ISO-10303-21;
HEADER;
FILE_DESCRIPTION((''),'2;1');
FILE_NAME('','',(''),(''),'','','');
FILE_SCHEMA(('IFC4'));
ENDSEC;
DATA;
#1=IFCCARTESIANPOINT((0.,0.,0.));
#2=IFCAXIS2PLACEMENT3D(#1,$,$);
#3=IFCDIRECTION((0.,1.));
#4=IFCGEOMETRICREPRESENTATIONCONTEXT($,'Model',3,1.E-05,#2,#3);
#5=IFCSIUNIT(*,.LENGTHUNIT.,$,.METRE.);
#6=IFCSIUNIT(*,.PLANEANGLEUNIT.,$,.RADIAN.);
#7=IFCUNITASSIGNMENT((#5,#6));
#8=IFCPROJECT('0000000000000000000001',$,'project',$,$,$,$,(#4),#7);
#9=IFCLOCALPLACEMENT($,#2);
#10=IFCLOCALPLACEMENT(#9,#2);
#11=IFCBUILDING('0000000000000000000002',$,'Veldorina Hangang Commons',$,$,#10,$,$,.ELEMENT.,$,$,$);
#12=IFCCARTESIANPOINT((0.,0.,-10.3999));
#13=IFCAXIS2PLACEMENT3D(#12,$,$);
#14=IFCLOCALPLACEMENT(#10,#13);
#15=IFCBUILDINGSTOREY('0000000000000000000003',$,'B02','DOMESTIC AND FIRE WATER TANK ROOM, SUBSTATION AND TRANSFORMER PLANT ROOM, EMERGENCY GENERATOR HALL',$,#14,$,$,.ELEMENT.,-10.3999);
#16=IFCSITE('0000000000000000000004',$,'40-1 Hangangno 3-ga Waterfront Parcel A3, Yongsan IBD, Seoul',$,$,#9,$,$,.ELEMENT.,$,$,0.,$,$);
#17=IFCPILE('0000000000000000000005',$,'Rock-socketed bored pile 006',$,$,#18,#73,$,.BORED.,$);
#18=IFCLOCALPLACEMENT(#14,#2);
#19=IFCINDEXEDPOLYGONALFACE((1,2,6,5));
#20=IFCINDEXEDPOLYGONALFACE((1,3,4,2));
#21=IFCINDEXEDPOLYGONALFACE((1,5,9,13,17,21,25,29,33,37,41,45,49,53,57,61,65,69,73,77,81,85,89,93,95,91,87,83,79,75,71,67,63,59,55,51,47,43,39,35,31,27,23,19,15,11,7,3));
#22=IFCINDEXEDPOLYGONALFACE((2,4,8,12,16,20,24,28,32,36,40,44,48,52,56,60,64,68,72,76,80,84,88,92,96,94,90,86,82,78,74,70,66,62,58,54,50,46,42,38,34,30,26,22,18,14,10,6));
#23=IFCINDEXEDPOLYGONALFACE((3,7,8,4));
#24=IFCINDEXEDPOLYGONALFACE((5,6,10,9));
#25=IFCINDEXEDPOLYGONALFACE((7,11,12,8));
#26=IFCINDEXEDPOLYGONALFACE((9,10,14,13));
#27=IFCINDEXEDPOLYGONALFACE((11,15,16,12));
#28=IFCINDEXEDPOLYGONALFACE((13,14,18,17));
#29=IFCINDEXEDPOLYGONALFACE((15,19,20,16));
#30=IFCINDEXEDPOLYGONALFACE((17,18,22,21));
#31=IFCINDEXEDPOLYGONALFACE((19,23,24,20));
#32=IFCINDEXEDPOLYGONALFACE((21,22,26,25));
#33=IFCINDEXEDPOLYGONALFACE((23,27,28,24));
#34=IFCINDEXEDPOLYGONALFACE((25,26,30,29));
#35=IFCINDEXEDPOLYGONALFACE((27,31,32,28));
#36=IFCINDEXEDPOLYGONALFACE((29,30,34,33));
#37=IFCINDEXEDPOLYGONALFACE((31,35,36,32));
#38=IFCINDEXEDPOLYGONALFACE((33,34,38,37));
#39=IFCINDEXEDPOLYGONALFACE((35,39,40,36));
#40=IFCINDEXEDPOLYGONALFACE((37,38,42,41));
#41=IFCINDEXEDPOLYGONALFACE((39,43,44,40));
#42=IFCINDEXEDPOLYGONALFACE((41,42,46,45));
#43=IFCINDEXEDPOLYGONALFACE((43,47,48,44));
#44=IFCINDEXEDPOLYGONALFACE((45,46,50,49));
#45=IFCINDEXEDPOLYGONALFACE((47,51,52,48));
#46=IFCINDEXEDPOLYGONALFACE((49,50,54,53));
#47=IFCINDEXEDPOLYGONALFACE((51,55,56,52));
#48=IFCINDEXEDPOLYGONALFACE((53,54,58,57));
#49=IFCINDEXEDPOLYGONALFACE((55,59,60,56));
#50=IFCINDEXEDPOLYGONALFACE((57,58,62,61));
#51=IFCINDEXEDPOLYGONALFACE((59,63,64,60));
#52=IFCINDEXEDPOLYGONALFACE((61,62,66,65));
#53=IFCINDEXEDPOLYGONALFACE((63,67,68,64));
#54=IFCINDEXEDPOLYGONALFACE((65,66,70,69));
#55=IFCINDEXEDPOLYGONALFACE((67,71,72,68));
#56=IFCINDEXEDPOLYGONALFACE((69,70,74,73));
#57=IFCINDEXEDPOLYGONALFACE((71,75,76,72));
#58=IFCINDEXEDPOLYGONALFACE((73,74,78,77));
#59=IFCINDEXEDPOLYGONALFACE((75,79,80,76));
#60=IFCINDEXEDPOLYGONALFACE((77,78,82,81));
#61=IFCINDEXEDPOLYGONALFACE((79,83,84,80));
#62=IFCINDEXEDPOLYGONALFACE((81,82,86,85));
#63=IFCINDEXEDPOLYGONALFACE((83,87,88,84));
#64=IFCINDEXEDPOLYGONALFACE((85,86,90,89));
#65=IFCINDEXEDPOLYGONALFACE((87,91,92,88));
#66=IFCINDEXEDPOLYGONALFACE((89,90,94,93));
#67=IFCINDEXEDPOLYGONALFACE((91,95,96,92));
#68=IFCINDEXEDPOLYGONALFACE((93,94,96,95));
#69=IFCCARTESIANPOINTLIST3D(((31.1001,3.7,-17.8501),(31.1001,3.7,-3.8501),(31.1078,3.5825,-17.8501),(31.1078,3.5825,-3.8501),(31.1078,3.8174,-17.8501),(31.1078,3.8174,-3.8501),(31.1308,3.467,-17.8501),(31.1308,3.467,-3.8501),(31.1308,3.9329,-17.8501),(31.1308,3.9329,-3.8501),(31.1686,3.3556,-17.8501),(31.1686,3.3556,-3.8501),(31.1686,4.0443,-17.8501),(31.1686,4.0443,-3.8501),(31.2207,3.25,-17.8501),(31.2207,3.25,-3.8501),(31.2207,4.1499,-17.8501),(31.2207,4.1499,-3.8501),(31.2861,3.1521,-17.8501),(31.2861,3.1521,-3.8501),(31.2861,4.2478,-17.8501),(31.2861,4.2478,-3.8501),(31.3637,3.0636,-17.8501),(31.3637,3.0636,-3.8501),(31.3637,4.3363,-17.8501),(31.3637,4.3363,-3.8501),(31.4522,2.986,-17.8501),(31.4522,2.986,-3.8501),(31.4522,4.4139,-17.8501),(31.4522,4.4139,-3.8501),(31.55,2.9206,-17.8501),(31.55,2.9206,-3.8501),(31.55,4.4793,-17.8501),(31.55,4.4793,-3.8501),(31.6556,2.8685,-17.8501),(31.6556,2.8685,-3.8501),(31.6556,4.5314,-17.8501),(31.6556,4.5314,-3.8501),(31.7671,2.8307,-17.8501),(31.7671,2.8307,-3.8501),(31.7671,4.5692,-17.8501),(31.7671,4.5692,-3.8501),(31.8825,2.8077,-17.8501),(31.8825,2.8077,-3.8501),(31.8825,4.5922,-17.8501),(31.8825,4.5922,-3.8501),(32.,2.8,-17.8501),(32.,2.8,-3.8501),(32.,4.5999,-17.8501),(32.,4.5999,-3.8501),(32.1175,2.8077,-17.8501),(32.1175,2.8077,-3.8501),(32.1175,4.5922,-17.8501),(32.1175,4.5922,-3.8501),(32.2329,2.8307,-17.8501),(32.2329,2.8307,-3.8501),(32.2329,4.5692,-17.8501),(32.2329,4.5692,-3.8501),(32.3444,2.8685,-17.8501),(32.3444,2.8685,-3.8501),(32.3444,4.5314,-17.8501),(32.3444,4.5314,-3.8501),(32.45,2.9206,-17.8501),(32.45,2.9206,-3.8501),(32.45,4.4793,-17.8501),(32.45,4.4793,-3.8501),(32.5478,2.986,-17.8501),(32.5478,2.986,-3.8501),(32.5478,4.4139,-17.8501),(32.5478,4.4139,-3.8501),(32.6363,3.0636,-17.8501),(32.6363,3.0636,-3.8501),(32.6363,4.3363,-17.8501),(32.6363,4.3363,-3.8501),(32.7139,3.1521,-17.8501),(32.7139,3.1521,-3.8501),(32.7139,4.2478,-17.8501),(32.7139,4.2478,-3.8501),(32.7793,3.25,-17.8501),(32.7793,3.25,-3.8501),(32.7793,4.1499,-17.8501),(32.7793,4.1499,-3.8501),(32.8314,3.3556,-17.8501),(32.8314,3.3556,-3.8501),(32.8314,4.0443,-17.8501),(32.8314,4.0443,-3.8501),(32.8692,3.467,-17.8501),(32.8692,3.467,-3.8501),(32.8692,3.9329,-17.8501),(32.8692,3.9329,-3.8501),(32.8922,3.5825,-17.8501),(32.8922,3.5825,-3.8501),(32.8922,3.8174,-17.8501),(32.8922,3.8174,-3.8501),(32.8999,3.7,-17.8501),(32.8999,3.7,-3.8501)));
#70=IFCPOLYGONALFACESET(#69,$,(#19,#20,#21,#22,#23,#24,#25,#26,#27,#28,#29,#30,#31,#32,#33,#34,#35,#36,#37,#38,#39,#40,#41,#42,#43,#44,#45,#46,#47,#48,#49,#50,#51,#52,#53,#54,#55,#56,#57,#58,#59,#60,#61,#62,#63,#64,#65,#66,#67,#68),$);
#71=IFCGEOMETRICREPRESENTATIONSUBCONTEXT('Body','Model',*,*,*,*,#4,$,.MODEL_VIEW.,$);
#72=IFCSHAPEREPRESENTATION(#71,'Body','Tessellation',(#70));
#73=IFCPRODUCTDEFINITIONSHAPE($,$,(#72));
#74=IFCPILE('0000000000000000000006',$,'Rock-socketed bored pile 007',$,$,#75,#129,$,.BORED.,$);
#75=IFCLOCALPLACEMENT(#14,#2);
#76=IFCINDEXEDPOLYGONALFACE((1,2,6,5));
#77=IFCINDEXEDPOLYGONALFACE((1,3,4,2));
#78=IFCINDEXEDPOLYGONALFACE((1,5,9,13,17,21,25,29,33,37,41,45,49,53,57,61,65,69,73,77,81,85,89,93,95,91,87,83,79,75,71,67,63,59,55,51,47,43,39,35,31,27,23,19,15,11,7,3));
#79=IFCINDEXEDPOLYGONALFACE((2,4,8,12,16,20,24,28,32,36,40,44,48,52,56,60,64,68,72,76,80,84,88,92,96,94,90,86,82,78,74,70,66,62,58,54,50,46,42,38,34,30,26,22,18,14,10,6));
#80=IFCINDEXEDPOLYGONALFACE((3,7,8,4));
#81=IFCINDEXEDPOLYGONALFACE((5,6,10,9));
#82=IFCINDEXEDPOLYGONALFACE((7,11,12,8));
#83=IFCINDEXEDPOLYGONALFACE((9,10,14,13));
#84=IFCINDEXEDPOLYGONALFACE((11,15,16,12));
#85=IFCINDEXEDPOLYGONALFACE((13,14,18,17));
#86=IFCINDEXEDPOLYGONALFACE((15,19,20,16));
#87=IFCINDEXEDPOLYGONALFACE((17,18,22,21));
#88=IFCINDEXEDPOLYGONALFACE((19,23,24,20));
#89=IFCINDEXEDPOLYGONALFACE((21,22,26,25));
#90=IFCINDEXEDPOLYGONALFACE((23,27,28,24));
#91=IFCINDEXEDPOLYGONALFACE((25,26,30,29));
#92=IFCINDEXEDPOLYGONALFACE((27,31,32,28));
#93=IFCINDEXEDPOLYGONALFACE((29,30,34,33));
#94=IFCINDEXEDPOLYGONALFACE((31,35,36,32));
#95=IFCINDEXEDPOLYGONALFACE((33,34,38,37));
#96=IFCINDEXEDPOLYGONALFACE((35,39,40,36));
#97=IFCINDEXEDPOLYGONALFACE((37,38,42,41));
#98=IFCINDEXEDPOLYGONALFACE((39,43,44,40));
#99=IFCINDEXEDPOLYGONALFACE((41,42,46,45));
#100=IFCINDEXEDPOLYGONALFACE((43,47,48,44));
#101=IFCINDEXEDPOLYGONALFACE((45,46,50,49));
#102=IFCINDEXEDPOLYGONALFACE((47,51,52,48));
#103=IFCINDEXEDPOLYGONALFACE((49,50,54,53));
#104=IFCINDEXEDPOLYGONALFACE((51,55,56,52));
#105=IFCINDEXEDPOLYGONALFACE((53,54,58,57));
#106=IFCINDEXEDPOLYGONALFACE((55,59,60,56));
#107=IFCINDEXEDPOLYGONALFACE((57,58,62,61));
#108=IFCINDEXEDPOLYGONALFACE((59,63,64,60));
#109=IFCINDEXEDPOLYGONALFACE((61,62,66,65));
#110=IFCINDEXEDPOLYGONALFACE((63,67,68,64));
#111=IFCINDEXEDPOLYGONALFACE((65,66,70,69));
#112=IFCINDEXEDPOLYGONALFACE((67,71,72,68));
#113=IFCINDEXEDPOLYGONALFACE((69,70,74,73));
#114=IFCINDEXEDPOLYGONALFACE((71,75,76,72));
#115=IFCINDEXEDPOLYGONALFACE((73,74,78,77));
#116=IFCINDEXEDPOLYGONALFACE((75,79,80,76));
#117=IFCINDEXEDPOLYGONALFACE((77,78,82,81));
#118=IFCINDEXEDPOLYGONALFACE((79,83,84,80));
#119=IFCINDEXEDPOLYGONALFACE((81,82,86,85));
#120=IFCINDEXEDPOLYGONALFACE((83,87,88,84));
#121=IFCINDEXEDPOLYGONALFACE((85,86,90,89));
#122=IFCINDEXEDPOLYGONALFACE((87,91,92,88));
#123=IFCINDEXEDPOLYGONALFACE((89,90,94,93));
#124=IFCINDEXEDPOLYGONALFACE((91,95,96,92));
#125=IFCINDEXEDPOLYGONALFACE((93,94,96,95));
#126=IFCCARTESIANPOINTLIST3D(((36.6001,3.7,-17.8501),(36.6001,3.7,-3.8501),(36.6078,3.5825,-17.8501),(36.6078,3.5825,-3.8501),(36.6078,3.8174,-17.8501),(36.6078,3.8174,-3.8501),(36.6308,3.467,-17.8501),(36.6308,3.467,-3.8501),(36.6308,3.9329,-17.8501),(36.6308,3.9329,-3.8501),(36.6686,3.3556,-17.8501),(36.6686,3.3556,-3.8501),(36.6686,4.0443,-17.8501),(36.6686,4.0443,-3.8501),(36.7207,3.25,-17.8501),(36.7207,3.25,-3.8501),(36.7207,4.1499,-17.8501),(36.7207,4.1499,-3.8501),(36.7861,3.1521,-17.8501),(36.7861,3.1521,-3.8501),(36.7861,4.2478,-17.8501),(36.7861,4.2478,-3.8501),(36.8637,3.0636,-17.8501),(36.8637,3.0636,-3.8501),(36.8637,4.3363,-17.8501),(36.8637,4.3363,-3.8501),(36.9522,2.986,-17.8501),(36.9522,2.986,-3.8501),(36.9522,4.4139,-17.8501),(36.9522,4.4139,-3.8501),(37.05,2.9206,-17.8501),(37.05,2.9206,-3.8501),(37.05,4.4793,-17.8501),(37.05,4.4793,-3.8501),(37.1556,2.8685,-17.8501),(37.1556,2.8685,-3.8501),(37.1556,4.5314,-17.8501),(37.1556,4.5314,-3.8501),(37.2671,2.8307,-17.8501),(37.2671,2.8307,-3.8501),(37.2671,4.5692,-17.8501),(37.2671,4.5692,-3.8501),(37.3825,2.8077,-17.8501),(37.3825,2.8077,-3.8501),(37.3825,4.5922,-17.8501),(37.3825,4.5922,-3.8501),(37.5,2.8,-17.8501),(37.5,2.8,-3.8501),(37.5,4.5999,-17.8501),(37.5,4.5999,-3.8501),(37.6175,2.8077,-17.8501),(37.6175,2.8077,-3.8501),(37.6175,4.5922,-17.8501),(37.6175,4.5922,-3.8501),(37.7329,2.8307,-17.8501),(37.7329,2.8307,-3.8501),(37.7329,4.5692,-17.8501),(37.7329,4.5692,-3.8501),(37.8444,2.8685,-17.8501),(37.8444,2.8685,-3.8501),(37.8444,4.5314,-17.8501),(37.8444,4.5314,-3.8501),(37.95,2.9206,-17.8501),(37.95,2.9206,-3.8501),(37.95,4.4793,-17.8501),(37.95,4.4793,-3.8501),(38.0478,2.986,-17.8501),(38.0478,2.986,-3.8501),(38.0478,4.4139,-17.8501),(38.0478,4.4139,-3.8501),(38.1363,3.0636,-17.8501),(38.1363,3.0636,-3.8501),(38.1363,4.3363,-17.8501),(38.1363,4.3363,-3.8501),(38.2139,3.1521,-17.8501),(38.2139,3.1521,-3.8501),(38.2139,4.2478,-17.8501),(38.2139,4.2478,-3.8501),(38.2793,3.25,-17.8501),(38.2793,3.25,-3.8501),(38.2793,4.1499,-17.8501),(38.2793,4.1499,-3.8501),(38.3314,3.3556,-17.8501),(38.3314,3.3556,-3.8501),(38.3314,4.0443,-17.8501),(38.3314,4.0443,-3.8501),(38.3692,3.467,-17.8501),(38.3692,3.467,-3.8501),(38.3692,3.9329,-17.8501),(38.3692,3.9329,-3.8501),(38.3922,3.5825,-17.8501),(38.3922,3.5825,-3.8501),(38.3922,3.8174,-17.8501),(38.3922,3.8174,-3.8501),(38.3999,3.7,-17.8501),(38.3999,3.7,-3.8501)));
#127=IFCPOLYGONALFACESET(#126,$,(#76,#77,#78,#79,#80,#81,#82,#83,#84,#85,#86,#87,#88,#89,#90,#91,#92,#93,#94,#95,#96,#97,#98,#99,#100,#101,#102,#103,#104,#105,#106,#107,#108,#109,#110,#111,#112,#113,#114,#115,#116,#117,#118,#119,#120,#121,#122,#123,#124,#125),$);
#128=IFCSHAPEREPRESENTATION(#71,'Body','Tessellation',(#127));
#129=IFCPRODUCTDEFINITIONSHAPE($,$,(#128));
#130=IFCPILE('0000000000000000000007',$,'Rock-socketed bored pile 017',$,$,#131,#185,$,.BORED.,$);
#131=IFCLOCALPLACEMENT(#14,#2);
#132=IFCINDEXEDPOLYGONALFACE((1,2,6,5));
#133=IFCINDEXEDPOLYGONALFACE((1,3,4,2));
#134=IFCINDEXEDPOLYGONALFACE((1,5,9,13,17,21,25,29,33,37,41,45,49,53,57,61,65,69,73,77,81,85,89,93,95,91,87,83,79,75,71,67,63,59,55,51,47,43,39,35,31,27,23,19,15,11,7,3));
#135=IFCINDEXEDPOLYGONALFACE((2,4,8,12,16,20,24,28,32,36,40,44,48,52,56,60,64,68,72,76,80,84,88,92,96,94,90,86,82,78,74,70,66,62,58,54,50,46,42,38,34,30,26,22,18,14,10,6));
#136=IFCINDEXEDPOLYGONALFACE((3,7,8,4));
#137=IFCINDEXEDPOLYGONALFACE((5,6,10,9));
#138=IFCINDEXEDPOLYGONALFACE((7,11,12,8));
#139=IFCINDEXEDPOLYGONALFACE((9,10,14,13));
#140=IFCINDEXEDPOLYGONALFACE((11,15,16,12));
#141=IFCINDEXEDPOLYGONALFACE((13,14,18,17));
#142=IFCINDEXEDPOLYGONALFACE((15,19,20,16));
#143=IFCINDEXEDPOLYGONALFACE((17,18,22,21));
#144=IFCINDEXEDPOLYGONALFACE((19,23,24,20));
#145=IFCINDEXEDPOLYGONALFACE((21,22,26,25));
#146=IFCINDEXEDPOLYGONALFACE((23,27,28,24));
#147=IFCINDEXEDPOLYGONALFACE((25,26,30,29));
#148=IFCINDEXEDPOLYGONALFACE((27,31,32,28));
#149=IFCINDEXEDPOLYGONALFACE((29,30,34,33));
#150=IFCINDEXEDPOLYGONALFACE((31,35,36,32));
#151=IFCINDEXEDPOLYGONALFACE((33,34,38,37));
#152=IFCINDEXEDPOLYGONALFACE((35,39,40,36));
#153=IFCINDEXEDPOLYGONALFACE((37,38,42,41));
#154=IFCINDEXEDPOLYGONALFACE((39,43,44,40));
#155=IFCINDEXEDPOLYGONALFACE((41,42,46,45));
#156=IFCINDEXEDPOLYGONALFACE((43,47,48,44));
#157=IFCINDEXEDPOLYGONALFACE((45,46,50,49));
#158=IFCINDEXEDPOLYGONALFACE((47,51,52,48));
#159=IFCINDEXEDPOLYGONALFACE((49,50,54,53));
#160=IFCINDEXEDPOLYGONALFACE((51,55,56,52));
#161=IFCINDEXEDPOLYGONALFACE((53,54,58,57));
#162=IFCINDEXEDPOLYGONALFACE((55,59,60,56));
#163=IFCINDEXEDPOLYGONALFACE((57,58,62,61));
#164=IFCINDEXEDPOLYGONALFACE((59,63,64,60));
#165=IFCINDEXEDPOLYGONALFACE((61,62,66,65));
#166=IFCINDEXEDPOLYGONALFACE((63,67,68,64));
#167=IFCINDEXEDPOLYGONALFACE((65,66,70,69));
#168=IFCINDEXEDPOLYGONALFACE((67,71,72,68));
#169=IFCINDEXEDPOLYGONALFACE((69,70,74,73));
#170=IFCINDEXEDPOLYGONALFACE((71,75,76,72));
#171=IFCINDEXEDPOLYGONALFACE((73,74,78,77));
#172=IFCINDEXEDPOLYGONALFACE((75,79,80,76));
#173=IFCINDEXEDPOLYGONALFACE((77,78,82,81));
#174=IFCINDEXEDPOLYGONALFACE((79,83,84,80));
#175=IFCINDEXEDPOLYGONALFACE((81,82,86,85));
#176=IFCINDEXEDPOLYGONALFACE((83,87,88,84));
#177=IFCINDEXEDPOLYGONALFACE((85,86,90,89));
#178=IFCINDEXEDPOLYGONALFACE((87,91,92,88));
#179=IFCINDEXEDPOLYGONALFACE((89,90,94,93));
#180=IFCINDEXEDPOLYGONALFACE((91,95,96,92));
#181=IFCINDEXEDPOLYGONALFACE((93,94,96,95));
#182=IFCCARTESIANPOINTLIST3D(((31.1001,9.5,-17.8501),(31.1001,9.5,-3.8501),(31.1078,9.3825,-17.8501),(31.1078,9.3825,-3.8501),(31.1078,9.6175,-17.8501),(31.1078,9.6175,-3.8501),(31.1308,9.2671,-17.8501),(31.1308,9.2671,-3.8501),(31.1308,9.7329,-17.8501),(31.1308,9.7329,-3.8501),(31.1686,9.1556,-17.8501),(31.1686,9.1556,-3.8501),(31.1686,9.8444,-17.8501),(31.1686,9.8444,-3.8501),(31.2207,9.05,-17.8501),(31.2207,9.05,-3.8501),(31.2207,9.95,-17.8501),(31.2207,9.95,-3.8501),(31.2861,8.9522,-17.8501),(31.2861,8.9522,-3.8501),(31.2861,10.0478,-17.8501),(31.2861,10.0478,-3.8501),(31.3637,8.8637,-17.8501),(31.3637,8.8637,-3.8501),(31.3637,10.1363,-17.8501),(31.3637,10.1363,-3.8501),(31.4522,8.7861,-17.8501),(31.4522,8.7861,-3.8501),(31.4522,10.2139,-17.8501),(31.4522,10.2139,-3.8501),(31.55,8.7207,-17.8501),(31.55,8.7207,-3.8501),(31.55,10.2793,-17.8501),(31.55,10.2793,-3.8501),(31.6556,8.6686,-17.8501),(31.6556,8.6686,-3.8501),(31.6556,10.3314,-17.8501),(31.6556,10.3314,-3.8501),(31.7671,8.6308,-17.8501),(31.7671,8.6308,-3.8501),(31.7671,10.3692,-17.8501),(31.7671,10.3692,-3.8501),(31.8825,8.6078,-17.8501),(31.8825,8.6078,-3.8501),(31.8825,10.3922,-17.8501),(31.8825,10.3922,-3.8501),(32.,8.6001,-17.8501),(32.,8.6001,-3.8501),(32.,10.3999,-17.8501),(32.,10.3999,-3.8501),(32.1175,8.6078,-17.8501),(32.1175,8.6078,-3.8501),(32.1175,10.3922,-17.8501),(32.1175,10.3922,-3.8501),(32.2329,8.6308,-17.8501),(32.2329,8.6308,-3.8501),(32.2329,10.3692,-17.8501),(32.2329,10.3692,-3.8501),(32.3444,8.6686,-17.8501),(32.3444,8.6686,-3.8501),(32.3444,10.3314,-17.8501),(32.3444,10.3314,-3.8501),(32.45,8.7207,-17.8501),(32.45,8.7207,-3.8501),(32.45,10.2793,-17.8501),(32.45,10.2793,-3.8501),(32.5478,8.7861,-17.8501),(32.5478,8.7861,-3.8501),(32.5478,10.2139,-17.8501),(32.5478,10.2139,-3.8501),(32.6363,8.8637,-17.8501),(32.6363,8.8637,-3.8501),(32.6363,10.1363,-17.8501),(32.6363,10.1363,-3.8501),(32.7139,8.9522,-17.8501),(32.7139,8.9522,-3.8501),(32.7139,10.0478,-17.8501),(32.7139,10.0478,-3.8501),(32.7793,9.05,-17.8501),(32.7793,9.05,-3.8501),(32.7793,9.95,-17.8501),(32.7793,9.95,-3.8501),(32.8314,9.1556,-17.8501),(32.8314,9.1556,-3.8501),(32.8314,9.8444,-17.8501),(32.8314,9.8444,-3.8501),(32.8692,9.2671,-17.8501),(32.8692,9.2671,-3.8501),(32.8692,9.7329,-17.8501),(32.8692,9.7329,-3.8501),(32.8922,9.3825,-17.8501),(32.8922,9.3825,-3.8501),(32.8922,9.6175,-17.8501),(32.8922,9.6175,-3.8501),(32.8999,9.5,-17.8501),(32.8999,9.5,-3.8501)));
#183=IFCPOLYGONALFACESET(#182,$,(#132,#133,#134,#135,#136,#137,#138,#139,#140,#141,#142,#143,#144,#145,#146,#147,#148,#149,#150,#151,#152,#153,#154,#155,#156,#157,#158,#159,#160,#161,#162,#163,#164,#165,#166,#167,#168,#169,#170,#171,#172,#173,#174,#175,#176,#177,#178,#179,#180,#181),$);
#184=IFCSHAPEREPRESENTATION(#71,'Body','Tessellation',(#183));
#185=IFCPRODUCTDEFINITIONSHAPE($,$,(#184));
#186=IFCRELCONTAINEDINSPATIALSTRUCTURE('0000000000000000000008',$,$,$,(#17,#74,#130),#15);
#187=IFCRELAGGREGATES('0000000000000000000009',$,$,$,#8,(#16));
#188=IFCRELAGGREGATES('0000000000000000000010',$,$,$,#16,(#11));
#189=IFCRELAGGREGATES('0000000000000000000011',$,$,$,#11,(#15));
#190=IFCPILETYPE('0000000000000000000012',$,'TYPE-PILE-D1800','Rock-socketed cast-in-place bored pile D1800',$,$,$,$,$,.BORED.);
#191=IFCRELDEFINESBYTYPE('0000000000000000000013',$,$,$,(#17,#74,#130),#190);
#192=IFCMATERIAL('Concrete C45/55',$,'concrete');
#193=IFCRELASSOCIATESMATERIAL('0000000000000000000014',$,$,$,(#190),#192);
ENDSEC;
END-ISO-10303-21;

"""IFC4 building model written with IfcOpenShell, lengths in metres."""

from ifc_helpers import new_model, si_unit, direction, frame, origin, origin_2d, place, context, subcontext, project, spatial, circle, extrude, material, material_profile, profile_set, type_object, element, save


model = new_model("IFC4")

# Units and contexts
model_context = context("Model", 3, precision=1e-05, world=origin(), true_north=direction((0.0, 1.0)))
body_context = subcontext(model_context, "Body", "Model", "MODEL_VIEW")
ifc_project = project(units=[si_unit("LENGTHUNIT", "METRE"), si_unit("PLANEANGLEUNIT", "RADIAN")], contexts=[model_context])

# Site, building, storey
site_placement = place(None, origin())
site = spatial("IfcSite", under=ifc_project, at=site_placement, Name="40-1 Hangangno 3-ga Waterfront Parcel A3, Yongsan IBD, Seoul", CompositionType="ELEMENT", RefElevation=0.0)
building_placement = place(site_placement, origin())
building = spatial("IfcBuilding", under=site, at=building_placement, Name="Veldorina Hangang Commons", CompositionType="ELEMENT")
storey_placement = place(building_placement, frame((0.0, 0.0, -10.3999)))
storey = spatial("IfcBuildingStorey", under=building, at=storey_placement, Name="B02", Description="DOMESTIC AND FIRE WATER TANK ROOM, SUBSTATION AND TRANSFORMER PLANT ROOM, EMERGENCY GENERATOR HALL", CompositionType="ELEMENT", Elevation=-10.3999)

# Piles
ifc_material_1 = material(Name="Concrete C45/55", Category="concrete")
ifc_material_profile_1 = material_profile(ifc_material_1, circle(Radius=0.8999, at=origin_2d()), Name="PILE-D1800")
ifc_profile_set_1 = profile_set([ifc_material_profile_1], Name="Concrete C45/55")
pile_type_1 = type_object("IfcPileType", Name="TYPE-PILE-D1800", Description="Rock-socketed cast-in-place bored pile D1800", PredefinedType="BORED", material=ifc_profile_set_1)
for number, where, z_axis, x_axis, name in (
    (1, (32.0, 3.7, -3.8501), (0.0, 0.0, -1.0), (1.0, 0.0, 0.0), "Rock-socketed bored pile 006"),
    (2, (37.5, 3.7, -3.8501), (0.0, 0.0, -1.0), (1.0, 0.0, 0.0), "Rock-socketed bored pile 007"),
    (3, (32.0, 9.5, -3.8501), (0.0, 0.0, -1.0), (1.0, 0.0, 0.0), "Rock-socketed bored pile 017"),
):
    element("IfcPile", number, at=place(storey_placement, frame(where, z_axis=z_axis, x_axis=x_axis)), inside=storey, type_object=pile_type_1, Name=name, PredefinedType="BORED", context=body_context, shape_type="SweptSolid", body=[
        extrude(circle(Radius=0.8999, at=origin_2d()), origin(), (0.0, 0.0, 1.0), 14.0),
    ])

save(model, "model.ifc")
